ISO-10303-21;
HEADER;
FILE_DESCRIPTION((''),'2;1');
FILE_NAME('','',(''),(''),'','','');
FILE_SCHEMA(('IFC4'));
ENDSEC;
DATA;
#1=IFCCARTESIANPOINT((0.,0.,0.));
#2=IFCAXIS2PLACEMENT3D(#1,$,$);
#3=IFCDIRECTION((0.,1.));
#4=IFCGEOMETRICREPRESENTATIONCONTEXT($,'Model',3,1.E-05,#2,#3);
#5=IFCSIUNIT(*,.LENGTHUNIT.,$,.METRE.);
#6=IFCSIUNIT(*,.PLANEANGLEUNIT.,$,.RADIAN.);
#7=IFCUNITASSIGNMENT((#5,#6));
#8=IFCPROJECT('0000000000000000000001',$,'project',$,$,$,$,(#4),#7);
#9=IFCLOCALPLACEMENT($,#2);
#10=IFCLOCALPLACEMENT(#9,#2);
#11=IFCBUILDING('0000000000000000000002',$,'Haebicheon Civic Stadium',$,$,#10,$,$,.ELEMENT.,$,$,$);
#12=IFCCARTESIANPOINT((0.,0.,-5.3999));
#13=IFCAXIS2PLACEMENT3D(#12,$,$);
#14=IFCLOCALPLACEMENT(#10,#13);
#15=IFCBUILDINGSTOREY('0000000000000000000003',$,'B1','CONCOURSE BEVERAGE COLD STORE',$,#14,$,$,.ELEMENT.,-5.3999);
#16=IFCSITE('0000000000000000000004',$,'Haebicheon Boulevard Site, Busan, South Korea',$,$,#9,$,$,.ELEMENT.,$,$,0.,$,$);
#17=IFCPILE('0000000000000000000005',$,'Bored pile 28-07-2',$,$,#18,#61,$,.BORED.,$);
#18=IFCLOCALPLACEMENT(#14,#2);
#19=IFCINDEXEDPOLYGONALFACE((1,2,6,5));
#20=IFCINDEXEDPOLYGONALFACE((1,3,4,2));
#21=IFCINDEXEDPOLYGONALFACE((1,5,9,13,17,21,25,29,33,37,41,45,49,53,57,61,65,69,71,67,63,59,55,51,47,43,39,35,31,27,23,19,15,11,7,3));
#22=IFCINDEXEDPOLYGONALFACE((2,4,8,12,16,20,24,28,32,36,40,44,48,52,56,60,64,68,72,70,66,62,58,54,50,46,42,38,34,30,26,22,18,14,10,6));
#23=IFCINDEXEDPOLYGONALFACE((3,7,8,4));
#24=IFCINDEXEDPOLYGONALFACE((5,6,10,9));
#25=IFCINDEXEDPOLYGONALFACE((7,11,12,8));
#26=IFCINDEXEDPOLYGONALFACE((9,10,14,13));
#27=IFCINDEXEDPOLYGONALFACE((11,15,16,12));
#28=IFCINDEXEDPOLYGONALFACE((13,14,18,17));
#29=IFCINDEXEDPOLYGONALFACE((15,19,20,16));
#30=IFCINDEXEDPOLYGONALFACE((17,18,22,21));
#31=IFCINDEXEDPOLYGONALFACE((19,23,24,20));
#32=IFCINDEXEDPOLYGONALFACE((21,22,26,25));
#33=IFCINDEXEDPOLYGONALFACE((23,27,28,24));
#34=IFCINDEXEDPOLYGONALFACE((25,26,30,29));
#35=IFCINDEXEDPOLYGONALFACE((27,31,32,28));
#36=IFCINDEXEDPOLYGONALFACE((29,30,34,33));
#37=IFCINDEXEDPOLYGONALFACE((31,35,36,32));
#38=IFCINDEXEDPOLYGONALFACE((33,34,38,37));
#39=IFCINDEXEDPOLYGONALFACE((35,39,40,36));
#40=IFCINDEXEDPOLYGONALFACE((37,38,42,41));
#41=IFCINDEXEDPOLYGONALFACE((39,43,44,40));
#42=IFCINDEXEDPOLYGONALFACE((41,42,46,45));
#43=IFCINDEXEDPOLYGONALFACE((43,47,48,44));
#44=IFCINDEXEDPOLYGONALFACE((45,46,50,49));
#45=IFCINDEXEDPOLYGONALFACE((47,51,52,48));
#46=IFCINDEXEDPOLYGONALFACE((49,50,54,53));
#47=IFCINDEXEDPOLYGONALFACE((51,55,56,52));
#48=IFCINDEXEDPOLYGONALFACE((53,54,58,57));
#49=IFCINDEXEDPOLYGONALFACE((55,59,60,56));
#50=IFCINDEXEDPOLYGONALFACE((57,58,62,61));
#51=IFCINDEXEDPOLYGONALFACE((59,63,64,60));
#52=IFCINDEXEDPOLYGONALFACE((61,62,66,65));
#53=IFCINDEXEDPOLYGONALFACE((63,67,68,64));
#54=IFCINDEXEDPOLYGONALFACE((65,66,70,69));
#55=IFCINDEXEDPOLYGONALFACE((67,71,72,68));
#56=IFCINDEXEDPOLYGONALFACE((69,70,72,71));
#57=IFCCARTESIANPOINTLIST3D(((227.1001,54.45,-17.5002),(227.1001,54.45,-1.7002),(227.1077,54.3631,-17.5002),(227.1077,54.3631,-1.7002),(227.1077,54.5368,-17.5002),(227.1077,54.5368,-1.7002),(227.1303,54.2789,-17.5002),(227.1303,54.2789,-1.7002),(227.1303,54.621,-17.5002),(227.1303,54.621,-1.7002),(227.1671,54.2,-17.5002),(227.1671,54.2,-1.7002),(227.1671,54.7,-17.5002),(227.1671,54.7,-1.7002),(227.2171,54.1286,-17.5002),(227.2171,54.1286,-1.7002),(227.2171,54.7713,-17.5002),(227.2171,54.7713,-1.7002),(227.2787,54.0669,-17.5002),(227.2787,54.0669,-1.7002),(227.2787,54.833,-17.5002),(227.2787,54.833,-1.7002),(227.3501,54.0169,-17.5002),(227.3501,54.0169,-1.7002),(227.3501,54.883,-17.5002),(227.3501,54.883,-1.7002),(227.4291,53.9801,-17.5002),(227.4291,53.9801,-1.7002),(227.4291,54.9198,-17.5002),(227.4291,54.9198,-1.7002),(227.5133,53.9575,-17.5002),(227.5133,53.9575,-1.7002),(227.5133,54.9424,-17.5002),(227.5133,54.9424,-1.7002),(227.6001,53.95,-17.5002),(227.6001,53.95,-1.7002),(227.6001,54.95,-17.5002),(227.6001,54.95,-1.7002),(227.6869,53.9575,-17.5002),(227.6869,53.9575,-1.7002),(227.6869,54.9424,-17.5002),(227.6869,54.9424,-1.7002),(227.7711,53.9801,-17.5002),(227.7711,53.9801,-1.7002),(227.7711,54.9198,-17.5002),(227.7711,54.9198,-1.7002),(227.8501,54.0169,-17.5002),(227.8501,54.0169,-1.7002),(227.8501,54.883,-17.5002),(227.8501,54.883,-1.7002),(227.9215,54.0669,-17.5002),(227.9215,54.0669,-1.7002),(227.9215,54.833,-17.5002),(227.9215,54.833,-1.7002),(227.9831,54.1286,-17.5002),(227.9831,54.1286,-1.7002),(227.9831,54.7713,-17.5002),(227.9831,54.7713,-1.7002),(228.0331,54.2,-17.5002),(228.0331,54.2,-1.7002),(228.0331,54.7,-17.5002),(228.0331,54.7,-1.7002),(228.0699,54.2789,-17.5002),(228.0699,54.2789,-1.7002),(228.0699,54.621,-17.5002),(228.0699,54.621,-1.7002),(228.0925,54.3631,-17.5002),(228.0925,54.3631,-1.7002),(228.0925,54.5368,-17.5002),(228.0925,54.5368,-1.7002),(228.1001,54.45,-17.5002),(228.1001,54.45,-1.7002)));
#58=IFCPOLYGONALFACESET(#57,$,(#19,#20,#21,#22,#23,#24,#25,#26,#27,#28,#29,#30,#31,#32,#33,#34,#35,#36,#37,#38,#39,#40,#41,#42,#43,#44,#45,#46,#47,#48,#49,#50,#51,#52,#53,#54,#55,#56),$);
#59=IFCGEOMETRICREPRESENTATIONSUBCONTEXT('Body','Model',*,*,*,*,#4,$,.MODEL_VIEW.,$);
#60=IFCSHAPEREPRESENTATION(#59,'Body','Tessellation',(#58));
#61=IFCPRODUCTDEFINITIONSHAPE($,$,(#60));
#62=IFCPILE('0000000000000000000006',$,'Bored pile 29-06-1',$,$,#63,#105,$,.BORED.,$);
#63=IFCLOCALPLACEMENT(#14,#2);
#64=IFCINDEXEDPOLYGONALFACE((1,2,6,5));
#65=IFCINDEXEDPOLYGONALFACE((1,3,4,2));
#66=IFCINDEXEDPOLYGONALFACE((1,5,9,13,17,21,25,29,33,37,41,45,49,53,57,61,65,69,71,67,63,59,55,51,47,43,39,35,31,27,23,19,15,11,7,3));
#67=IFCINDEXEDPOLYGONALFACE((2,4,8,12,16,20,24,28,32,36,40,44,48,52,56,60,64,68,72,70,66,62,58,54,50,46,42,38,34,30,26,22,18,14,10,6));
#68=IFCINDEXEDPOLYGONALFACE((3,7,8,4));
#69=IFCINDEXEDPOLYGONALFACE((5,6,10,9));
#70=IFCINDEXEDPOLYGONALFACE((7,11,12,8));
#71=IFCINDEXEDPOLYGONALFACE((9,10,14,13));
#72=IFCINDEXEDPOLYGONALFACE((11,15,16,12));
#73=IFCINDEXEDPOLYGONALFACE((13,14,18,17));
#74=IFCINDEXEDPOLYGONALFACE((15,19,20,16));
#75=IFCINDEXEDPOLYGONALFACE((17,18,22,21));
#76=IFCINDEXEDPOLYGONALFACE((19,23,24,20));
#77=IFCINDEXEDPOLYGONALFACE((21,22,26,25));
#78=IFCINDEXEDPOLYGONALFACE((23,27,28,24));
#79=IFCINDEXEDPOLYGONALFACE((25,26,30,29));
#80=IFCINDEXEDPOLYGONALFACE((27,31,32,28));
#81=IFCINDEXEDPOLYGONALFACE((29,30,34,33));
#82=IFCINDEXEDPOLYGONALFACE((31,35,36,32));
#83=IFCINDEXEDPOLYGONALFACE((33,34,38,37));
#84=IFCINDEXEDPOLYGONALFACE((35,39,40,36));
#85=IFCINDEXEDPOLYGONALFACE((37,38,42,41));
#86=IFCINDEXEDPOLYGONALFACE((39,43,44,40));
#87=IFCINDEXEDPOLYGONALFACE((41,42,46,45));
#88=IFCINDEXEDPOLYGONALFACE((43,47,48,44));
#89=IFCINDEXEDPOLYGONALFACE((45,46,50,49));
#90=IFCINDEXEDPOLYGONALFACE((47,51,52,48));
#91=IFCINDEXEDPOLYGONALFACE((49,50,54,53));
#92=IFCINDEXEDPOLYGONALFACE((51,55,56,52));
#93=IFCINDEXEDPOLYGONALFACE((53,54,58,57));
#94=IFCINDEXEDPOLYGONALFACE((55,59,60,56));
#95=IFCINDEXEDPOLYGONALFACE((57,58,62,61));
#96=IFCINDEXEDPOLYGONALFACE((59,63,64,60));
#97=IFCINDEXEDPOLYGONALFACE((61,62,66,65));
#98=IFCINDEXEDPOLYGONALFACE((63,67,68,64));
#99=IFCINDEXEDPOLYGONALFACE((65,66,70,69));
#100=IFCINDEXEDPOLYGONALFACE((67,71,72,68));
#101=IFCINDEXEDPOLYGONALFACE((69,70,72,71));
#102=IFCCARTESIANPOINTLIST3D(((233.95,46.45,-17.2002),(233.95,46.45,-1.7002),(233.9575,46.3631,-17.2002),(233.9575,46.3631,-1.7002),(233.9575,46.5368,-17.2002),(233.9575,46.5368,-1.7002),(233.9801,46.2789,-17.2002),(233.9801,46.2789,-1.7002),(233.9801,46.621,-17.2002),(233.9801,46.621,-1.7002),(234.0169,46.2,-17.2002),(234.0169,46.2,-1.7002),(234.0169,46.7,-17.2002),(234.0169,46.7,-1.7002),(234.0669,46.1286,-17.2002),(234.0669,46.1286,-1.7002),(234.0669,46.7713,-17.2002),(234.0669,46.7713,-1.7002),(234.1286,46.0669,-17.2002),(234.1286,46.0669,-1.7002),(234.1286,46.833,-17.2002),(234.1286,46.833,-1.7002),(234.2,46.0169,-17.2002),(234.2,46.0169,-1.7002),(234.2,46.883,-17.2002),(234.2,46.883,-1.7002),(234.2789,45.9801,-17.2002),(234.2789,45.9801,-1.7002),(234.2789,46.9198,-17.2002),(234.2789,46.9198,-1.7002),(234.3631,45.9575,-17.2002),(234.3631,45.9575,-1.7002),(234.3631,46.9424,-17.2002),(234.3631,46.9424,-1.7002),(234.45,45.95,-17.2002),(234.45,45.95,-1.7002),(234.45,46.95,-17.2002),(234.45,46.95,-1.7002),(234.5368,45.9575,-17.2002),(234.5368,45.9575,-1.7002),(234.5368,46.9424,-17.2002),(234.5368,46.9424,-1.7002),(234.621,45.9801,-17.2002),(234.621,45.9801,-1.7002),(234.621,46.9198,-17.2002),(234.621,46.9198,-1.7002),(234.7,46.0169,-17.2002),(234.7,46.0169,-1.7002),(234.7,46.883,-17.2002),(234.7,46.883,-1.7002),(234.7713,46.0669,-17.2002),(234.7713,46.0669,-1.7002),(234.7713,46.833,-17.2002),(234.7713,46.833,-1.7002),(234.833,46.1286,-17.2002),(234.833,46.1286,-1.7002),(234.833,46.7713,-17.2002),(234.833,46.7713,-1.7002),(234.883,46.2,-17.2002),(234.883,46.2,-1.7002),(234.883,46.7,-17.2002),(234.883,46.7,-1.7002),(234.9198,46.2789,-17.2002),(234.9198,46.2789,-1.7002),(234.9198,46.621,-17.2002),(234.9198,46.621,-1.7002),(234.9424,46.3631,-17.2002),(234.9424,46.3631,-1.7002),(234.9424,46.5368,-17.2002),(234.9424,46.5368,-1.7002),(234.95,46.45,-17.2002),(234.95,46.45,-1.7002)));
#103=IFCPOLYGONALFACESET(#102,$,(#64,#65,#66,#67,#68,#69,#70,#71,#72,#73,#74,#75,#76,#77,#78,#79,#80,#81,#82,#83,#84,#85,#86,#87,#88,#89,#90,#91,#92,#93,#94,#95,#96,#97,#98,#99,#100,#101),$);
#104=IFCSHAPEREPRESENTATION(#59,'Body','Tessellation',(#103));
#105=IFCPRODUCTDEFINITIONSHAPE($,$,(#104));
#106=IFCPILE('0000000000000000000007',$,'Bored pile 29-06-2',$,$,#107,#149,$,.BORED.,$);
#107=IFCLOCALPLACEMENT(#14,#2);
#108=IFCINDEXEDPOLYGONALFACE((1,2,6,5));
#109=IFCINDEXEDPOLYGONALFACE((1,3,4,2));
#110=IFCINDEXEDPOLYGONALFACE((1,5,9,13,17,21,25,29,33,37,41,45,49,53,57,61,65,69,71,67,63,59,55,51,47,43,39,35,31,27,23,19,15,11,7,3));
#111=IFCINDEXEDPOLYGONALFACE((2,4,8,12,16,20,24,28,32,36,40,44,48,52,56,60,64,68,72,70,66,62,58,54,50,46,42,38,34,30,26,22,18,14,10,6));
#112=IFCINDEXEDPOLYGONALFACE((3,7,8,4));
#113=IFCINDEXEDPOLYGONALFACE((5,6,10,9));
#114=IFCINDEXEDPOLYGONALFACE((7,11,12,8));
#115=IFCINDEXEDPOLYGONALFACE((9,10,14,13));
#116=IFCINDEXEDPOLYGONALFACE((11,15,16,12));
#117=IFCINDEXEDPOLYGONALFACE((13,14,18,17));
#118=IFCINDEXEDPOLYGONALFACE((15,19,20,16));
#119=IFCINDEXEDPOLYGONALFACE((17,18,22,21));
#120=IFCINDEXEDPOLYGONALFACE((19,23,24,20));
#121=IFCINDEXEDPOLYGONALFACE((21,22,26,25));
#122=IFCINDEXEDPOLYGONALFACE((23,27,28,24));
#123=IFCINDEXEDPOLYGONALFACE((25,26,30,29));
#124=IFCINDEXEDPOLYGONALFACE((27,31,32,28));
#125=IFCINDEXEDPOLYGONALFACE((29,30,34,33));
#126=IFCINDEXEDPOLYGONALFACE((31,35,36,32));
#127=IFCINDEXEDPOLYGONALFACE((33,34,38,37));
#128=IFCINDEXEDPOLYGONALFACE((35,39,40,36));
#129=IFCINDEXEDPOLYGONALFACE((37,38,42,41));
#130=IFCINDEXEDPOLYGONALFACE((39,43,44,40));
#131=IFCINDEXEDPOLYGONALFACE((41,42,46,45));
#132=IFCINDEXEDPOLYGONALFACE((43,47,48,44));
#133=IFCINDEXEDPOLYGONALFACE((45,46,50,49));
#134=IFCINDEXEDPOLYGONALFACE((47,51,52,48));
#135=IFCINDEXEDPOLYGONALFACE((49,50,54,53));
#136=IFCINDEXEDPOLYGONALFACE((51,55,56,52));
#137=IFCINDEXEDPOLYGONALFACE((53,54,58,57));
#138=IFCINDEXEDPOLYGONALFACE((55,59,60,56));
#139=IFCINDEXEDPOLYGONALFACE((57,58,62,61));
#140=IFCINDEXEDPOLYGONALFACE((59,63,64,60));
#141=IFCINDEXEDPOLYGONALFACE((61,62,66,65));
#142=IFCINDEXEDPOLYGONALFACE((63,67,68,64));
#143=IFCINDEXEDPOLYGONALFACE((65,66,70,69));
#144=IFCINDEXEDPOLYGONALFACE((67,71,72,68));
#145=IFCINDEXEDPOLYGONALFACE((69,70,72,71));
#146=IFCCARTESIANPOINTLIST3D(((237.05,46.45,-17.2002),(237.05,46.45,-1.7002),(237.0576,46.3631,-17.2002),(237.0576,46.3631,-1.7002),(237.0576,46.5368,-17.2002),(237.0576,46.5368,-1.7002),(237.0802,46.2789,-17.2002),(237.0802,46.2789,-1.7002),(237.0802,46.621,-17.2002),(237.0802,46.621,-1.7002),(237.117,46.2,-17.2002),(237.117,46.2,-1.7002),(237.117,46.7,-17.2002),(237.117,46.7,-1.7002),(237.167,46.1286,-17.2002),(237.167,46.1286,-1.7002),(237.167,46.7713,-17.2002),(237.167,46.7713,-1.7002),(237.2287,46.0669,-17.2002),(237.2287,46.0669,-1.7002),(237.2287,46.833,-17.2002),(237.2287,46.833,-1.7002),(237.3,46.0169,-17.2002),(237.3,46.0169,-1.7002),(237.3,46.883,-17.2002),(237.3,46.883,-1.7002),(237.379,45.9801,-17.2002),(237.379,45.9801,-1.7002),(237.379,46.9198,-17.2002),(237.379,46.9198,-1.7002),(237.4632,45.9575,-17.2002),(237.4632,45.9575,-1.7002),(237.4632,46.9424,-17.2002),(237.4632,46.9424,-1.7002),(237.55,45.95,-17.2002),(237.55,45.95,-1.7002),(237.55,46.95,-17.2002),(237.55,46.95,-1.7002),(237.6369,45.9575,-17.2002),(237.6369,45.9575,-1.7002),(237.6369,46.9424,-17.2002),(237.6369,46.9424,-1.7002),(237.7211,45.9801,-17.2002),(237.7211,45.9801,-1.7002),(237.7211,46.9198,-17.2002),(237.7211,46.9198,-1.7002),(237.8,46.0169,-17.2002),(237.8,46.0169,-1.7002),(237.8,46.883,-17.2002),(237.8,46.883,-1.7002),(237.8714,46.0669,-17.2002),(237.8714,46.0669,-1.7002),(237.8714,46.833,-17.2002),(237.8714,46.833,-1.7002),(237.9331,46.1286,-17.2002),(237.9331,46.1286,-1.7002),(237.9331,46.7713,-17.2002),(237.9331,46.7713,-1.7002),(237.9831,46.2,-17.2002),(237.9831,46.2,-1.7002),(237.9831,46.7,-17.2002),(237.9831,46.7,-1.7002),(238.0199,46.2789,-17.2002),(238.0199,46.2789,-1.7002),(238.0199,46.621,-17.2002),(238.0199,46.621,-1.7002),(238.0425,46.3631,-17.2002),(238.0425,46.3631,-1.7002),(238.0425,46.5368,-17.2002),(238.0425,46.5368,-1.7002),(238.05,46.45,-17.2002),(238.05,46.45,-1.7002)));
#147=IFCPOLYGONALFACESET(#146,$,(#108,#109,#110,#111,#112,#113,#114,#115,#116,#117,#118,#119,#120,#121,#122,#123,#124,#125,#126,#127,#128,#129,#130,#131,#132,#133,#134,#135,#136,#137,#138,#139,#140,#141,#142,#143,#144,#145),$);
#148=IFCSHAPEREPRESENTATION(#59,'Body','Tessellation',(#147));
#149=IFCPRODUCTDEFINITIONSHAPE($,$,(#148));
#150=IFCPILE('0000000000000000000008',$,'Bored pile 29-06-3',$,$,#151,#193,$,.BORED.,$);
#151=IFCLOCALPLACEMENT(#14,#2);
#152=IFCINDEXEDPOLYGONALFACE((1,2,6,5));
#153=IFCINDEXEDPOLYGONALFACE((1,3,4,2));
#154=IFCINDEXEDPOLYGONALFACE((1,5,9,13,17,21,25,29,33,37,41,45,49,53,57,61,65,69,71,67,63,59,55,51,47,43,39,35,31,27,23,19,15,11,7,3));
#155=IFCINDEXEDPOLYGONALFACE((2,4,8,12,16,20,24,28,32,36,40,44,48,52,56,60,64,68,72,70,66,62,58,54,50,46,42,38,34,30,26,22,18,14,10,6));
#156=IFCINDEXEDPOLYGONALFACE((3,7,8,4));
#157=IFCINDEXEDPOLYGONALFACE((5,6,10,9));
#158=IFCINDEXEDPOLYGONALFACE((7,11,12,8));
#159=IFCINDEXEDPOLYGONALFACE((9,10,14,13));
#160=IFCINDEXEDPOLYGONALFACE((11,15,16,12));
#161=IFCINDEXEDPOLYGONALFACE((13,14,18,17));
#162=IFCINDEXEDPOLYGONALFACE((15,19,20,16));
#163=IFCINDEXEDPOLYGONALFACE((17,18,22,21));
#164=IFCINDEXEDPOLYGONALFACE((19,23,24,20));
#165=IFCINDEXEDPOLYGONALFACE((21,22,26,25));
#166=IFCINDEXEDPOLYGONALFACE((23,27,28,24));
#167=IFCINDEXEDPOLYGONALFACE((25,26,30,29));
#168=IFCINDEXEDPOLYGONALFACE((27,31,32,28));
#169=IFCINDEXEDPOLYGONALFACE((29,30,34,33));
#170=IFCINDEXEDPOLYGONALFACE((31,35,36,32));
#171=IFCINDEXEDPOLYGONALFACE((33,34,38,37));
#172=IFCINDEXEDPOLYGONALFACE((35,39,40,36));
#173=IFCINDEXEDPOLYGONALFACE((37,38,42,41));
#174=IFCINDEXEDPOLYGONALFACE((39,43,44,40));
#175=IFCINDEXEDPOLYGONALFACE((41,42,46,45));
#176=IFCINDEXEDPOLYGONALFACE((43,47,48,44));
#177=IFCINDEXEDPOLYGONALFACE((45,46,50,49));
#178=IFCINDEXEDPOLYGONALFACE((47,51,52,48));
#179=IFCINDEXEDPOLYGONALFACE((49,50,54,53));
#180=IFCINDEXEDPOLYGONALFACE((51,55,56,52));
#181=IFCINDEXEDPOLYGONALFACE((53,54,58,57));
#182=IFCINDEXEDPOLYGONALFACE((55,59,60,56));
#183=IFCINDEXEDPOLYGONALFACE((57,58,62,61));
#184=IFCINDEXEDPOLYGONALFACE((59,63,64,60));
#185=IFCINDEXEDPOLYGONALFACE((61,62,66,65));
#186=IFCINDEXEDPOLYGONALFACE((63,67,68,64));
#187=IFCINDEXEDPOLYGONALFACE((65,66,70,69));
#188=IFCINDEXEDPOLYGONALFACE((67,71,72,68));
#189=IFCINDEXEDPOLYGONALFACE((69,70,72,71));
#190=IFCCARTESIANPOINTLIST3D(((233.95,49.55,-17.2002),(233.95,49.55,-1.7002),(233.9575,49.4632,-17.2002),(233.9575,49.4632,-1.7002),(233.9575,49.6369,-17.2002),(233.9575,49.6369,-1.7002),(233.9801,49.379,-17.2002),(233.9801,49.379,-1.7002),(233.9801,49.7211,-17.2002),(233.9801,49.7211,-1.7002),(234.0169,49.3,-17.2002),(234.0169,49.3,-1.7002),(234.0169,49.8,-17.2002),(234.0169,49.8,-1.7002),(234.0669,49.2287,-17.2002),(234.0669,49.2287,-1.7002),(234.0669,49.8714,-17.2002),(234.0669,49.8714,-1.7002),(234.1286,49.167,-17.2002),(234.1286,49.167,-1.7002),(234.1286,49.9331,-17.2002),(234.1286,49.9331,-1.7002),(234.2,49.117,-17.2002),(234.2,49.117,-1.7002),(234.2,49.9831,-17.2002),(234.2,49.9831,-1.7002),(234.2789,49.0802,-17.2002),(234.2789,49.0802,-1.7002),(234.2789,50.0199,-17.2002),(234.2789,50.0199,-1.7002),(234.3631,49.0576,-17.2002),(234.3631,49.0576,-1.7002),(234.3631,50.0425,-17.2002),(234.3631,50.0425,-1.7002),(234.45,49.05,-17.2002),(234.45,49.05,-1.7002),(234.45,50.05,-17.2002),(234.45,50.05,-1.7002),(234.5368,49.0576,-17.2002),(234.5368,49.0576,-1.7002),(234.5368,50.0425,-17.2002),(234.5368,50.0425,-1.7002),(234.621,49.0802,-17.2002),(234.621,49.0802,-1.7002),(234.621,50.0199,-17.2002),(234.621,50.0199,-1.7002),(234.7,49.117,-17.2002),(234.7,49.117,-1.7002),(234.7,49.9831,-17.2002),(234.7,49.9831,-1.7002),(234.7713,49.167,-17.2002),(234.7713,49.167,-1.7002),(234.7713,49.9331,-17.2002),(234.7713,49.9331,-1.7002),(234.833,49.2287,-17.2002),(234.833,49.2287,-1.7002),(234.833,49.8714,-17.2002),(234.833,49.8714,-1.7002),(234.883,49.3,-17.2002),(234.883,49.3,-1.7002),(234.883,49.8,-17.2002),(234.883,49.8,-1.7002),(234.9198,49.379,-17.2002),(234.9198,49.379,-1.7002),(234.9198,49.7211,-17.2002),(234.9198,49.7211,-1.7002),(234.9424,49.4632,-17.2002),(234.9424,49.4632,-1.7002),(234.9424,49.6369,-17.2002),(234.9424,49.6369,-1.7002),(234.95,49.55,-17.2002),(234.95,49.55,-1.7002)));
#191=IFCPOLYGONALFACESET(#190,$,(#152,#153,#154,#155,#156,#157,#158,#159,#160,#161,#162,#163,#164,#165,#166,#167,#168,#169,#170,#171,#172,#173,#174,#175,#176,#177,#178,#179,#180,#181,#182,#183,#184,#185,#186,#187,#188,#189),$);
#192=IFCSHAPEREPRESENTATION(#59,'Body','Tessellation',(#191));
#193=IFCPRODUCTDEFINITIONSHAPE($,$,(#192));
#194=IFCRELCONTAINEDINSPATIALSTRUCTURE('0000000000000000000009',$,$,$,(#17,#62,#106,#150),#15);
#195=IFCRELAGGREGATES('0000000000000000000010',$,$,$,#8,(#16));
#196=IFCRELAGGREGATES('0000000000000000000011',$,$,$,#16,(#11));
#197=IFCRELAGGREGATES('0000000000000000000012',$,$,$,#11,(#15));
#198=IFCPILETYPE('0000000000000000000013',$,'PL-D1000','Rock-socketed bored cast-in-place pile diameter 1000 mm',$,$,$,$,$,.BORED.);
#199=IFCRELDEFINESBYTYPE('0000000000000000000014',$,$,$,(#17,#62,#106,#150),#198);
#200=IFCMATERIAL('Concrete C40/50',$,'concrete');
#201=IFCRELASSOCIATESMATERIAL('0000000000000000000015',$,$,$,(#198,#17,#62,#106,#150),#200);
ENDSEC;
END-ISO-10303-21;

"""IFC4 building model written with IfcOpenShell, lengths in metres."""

from ifc_helpers import new_model, si_unit, direction, frame, origin, origin_2d, place, context, subcontext, project, spatial, circle, extrude, material, material_profile, profile_set, type_object, element, save


model = new_model("IFC4")

# Units and contexts
model_context = context("Model", 3, precision=1e-05, world=origin(), true_north=direction((0.0, 1.0)))
body_context = subcontext(model_context, "Body", "Model", "MODEL_VIEW")
ifc_project = project(units=[si_unit("LENGTHUNIT", "METRE"), si_unit("PLANEANGLEUNIT", "RADIAN")], contexts=[model_context])

# Site, building, storey
site_placement = place(None, origin())
site = spatial("IfcSite", under=ifc_project, at=site_placement, Name="Haebicheon Boulevard Site, Busan, South Korea", CompositionType="ELEMENT", RefElevation=0.0)
building_placement = place(site_placement, origin())
building = spatial("IfcBuilding", under=site, at=building_placement, Name="Haebicheon Civic Stadium", CompositionType="ELEMENT")
storey_placement = place(building_placement, frame((0.0, 0.0, -5.3999)))
storey = spatial("IfcBuildingStorey", under=building, at=storey_placement, Name="B1", Description="CONCOURSE BEVERAGE COLD STORE", CompositionType="ELEMENT", Elevation=-5.3999)

# Piles
ifc_material_1 = material(Name="Concrete C40/50", Category="concrete")
ifc_material_profile_1 = material_profile(ifc_material_1, circle(Radius=0.5, at=origin_2d()), Name="PILE-D1000")
ifc_profile_set_1 = profile_set([ifc_material_profile_1], Name="Concrete C40/50")
pile_type = type_object("IfcPileType", Name="PL-D1000", Description="Rock-socketed bored cast-in-place pile diameter 1000 mm", PredefinedType="BORED", material=ifc_profile_set_1)
for number, where, z_axis, x_axis, name in (
    (1, (227.6001, 54.45, -1.7002), (0.0, 0.0, -1.0), (1.0, 0.0, 0.0), "Bored pile 28-07-2"),
):
    element("IfcPile", number, at=place(storey_placement, frame(where, z_axis=z_axis, x_axis=x_axis)), inside=storey, type_object=pile_type, material=ifc_profile_set_1, Name=name, PredefinedType="BORED", context=body_context, shape_type="SweptSolid", body=[
        extrude(circle(Radius=0.5, at=origin_2d()), origin(), (0.0, 0.0, 1.0), 15.8),
    ])
for number, where, z_axis, x_axis, name in (
    (2, (234.45, 46.45, -1.7002), (0.0, 0.0, -1.0), (1.0, 0.0, 0.0), "Bored pile 29-06-1"),
    (3, (237.55, 46.45, -1.7002), (0.0, 0.0, -1.0), (1.0, 0.0, 0.0), "Bored pile 29-06-2"),
    (4, (234.45, 49.55, -1.7002), (0.0, 0.0, -1.0), (1.0, 0.0, 0.0), "Bored pile 29-06-3"),
):
    element("IfcPile", number, at=place(storey_placement, frame(where, z_axis=z_axis, x_axis=x_axis)), inside=storey, type_object=pile_type, material=ifc_profile_set_1, Name=name, PredefinedType="BORED", context=body_context, shape_type="SweptSolid", body=[
        extrude(circle(Radius=0.5, at=origin_2d()), origin(), (0.0, 0.0, 1.0), 15.5),
    ])

save(model, "model.ifc")
